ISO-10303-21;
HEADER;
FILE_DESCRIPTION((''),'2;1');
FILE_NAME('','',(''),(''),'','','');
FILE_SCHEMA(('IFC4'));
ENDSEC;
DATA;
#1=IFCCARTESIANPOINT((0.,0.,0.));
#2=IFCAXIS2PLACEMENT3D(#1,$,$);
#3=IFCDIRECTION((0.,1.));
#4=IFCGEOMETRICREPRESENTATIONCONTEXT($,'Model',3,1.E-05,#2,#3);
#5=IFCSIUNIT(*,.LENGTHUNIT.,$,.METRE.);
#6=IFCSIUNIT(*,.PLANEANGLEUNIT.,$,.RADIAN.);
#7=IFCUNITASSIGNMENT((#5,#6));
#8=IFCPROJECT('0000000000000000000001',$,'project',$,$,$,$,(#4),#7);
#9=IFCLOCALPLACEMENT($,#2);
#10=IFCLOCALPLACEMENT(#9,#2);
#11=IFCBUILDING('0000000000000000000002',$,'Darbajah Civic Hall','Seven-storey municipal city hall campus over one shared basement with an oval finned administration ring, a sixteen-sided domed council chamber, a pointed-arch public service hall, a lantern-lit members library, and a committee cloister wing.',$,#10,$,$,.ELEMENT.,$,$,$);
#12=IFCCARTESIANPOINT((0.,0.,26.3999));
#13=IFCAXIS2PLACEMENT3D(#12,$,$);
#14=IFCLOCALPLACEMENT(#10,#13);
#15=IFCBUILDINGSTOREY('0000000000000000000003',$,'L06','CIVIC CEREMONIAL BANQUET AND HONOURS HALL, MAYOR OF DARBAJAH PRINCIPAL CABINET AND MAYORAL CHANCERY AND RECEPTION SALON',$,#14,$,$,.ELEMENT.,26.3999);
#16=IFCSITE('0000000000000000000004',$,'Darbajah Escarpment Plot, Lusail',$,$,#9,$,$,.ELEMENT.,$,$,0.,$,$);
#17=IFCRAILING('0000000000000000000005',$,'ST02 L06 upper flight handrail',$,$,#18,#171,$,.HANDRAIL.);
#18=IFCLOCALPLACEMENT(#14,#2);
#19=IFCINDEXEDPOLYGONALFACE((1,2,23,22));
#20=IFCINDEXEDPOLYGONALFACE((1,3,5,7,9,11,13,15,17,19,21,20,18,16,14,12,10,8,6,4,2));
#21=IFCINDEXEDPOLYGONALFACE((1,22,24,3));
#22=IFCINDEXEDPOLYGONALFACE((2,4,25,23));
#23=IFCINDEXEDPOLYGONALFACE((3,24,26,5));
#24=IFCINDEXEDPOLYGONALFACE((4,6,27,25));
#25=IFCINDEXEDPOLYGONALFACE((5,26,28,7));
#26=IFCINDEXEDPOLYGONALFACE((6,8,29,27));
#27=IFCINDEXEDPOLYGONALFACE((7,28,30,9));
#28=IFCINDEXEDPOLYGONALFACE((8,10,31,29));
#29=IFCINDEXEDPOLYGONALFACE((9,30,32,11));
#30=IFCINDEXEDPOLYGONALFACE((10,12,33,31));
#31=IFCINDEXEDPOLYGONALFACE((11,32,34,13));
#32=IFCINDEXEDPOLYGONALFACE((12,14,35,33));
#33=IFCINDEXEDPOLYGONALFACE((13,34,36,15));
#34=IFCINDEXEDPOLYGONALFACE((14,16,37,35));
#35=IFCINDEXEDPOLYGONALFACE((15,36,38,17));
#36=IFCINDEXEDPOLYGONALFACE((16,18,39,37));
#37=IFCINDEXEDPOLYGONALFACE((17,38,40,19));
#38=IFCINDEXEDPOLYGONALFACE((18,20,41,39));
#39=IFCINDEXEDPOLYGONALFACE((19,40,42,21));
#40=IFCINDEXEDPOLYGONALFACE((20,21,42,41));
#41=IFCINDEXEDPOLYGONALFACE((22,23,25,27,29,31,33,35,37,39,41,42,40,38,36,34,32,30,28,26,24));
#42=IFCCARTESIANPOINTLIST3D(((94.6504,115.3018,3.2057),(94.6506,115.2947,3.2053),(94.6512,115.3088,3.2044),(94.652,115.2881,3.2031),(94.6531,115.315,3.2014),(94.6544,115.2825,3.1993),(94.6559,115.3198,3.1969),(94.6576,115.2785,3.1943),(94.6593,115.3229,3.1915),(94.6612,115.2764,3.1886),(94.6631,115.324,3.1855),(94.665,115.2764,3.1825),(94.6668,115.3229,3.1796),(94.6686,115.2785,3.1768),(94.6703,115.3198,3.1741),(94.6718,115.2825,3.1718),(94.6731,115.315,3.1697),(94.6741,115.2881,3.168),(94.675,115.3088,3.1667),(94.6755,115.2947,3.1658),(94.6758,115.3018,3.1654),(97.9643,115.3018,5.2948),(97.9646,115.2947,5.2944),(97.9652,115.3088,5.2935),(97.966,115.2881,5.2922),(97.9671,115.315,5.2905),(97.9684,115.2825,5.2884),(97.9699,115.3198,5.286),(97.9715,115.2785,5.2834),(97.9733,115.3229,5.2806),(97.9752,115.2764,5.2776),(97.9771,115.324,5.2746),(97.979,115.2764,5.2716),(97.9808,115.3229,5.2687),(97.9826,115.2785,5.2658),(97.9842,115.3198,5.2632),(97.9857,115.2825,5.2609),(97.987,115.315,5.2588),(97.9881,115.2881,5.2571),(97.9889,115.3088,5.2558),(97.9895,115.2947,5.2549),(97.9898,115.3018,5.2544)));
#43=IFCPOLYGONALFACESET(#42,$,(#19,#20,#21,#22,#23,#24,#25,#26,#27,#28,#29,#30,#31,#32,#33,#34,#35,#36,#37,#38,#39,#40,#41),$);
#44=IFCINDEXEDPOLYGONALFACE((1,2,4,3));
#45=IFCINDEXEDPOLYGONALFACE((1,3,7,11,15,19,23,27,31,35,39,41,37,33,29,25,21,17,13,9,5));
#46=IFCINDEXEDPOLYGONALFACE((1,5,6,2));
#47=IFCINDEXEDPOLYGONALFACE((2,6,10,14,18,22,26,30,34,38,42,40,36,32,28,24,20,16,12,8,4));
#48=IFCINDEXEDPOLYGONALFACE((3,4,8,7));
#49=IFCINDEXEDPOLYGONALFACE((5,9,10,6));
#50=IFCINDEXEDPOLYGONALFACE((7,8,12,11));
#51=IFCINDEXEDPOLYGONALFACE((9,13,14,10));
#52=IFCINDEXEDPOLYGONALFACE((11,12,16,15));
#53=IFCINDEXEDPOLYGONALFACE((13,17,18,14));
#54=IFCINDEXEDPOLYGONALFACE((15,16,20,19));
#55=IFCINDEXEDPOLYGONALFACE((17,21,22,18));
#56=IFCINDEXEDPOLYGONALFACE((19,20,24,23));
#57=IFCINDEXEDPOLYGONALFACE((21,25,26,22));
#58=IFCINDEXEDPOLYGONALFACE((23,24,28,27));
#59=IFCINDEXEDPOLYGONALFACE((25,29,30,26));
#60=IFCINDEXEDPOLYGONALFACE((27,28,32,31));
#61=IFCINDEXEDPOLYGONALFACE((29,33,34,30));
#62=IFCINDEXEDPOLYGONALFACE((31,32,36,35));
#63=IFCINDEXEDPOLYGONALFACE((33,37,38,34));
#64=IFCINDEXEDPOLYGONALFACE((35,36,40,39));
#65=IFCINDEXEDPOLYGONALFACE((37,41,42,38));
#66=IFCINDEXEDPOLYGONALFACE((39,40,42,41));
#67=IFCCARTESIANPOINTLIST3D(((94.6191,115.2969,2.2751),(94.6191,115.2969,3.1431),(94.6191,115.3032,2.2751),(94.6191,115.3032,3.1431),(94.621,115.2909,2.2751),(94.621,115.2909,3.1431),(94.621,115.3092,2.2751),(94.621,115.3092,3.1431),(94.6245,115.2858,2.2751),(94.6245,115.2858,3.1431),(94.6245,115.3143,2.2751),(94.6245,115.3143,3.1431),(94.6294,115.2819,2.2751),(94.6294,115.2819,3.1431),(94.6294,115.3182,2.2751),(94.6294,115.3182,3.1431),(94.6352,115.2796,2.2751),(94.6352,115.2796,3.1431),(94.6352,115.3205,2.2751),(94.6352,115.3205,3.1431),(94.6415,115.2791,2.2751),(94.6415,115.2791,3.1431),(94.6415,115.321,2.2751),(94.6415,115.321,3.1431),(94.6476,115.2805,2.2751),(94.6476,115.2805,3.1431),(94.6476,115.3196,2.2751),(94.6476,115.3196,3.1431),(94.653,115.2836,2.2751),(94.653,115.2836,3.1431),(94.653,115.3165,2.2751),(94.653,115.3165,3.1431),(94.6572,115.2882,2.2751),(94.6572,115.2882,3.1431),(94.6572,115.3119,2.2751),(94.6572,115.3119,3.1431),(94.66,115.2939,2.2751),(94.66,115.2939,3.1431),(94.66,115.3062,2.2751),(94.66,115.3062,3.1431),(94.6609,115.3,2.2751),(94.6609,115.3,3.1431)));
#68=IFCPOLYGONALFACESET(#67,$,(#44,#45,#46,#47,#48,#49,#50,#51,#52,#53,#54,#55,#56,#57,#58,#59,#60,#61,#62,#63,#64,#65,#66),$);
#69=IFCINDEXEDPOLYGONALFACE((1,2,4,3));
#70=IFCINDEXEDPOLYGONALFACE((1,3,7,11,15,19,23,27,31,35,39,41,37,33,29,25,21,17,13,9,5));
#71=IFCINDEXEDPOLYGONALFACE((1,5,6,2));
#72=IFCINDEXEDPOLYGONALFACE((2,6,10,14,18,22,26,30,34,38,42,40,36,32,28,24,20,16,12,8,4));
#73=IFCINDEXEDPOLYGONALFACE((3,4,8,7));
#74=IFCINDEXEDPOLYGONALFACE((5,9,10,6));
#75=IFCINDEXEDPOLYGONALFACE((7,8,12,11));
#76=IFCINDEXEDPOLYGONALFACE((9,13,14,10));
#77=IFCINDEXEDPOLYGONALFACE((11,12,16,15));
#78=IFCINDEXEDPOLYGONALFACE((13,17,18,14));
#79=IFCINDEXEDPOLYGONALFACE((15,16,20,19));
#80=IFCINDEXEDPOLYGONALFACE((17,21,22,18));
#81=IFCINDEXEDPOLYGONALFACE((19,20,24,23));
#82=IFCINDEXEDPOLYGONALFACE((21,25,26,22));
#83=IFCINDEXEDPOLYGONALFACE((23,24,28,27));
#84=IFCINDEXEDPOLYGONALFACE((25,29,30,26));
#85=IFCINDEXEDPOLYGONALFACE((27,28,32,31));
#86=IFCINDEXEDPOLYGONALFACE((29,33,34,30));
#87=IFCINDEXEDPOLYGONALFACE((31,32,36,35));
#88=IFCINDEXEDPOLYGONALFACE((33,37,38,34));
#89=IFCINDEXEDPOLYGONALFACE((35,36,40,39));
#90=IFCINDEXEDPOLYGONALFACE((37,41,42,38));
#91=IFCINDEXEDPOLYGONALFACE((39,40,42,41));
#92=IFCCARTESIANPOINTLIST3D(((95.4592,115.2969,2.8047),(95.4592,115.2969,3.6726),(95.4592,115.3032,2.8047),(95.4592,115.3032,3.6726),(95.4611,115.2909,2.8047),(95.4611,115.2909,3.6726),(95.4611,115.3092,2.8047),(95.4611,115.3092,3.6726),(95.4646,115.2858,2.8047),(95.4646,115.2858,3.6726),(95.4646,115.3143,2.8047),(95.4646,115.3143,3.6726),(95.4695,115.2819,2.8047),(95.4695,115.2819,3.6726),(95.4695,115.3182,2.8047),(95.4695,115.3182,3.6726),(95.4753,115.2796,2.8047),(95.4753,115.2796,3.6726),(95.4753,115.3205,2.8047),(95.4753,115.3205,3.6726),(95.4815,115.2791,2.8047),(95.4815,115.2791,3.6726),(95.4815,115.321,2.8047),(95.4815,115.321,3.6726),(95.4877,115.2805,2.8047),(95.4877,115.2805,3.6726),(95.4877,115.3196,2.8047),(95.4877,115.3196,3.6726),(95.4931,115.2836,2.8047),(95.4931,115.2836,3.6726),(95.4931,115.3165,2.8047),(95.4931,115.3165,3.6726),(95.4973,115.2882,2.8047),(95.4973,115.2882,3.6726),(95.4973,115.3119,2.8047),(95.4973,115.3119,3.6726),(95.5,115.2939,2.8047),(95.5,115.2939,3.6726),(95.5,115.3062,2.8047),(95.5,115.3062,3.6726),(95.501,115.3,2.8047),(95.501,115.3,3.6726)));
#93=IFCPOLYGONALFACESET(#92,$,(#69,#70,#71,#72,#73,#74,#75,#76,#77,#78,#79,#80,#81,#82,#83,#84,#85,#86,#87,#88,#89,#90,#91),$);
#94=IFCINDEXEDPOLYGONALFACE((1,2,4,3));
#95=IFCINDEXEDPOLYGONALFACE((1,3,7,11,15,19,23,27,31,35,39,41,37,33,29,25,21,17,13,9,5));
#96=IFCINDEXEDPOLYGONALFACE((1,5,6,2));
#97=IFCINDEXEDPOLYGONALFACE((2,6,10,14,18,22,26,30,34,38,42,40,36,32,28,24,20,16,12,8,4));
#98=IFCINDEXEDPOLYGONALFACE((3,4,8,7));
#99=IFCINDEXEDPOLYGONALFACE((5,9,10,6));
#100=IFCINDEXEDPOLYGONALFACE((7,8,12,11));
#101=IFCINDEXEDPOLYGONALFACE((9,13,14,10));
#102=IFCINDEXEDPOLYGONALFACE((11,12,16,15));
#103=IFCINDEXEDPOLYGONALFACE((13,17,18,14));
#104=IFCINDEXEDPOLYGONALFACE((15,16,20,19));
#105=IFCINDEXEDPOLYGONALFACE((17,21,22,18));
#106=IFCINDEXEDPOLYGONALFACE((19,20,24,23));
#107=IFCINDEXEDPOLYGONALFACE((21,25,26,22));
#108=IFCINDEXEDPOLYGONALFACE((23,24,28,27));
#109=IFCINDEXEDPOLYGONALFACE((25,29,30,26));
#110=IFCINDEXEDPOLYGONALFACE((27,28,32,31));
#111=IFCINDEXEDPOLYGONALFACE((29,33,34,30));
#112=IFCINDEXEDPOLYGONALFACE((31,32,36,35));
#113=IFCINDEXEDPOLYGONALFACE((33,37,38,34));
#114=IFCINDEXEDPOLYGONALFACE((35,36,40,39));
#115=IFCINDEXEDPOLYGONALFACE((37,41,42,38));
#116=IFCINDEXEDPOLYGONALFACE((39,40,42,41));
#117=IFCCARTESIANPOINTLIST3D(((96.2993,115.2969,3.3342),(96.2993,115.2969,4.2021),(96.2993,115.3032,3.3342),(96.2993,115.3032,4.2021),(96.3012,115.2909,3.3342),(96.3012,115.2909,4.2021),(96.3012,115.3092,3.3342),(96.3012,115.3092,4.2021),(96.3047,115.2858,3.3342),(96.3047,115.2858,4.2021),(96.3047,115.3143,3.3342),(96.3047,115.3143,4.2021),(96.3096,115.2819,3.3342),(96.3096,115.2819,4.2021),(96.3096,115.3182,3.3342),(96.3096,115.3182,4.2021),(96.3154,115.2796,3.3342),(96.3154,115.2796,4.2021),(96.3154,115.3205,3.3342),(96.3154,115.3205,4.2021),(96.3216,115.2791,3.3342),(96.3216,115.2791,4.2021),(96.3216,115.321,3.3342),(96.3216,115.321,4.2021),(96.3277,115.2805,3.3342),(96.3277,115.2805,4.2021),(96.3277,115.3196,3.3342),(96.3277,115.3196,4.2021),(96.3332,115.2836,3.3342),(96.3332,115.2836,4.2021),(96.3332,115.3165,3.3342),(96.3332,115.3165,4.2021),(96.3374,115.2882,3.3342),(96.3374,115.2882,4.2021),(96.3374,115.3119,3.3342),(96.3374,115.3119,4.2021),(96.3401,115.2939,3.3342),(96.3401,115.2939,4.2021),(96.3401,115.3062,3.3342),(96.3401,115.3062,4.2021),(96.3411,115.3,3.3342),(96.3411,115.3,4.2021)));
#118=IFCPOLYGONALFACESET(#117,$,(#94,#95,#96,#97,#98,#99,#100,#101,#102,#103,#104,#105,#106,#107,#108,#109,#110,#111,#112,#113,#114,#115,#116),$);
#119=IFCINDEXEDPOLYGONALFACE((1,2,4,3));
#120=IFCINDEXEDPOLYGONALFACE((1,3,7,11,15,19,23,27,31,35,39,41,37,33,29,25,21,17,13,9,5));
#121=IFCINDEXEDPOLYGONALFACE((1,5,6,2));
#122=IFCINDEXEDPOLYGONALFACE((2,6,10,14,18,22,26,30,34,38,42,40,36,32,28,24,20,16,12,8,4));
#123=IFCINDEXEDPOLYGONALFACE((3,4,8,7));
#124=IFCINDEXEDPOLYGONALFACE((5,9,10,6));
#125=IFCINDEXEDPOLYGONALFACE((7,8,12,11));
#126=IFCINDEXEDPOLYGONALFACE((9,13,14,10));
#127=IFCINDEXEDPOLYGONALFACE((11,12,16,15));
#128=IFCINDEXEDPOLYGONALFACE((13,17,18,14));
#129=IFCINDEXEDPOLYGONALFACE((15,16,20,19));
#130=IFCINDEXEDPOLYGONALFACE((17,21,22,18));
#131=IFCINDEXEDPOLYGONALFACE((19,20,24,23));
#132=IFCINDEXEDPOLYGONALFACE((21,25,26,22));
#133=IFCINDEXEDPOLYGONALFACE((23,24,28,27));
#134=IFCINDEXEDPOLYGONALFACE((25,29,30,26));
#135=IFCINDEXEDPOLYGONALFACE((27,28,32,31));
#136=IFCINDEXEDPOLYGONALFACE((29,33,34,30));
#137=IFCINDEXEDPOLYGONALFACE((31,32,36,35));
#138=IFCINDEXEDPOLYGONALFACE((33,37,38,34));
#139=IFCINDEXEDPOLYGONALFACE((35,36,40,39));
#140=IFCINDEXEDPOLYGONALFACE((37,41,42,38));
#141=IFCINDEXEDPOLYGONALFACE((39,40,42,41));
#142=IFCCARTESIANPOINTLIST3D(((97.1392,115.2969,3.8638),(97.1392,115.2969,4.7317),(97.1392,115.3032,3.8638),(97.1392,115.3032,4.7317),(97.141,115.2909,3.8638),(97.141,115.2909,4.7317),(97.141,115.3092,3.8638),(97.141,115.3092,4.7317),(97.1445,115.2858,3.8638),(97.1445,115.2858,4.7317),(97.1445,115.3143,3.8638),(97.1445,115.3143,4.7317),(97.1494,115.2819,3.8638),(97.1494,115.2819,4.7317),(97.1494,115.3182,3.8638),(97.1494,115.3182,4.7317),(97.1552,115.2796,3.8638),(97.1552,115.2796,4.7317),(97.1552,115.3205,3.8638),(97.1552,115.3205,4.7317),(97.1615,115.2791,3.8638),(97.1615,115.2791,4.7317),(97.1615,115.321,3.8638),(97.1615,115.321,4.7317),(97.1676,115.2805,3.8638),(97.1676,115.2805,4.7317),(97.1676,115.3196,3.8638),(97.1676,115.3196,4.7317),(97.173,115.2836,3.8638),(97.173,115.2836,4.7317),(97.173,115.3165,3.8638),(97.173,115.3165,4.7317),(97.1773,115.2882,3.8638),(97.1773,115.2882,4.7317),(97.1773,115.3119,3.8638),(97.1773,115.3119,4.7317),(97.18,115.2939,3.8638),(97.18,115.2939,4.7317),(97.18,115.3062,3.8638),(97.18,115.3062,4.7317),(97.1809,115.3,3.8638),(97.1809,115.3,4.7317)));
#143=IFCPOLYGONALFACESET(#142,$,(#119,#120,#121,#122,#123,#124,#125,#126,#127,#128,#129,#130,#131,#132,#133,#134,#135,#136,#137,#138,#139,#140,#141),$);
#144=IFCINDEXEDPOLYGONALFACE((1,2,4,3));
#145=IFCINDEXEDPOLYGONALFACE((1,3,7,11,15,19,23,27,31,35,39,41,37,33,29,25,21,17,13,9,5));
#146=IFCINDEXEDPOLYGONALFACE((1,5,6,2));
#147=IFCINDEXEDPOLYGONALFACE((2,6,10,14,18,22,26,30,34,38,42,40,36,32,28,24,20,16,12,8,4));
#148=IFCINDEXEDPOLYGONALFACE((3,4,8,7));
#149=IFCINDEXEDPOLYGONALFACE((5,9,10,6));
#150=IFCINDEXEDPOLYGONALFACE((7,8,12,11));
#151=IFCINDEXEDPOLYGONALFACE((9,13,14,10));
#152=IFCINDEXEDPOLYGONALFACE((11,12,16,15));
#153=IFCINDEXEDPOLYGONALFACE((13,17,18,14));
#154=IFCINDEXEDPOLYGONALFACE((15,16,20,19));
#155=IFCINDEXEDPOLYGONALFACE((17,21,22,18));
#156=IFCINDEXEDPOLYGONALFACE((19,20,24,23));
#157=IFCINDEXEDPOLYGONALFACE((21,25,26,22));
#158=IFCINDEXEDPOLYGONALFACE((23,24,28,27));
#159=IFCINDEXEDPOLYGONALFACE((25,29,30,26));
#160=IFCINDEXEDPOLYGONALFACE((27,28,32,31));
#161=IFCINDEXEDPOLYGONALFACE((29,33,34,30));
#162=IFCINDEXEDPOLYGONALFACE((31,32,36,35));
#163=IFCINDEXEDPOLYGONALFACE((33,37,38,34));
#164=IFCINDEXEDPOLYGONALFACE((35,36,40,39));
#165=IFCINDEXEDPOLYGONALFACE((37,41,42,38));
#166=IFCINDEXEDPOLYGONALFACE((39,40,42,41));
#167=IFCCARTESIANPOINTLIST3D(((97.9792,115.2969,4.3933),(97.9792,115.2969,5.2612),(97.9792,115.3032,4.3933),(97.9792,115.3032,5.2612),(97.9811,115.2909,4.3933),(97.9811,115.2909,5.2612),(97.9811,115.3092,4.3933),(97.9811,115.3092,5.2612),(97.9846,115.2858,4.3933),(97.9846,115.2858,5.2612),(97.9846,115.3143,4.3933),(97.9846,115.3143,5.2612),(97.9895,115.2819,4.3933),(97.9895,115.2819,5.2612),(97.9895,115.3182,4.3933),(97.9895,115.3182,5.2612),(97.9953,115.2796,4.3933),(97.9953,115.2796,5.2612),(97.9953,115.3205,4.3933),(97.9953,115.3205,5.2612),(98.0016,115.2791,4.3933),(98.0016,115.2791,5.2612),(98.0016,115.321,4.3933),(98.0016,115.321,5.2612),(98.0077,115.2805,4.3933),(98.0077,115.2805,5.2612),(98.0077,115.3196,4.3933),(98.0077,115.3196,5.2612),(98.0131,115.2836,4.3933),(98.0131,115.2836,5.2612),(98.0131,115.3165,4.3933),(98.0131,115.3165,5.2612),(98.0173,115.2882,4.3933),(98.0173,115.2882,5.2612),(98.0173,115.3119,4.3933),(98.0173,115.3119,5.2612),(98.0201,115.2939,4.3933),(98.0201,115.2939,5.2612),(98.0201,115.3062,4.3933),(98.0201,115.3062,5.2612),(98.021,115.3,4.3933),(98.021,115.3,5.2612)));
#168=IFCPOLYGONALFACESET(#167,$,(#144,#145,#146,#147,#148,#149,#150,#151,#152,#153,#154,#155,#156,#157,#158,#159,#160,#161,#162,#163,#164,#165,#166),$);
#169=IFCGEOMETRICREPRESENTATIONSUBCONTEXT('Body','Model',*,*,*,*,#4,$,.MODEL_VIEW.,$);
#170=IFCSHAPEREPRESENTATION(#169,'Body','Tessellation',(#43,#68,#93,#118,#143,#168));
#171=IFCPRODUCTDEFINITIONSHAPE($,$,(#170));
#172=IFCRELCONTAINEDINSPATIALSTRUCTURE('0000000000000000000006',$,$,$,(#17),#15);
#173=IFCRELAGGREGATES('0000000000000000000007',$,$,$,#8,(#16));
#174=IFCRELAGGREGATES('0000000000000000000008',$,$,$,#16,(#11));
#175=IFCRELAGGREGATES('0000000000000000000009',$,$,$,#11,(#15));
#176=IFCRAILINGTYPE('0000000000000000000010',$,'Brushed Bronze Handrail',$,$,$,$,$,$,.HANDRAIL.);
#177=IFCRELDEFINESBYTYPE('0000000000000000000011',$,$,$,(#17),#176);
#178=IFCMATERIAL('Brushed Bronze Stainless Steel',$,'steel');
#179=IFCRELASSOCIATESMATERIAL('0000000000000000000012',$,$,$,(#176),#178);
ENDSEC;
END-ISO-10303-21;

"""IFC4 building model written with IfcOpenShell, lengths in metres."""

from ifc_helpers import new_model, si_unit, direction, frame, origin, origin_2d, place, context, subcontext, project, spatial, circle, extrude, material, type_object, element, save


model = new_model("IFC4")

# Units and contexts
model_context = context("Model", 3, precision=1e-05, world=origin(), true_north=direction((0.0, 1.0)))
body_context = subcontext(model_context, "Body", "Model", "MODEL_VIEW")
ifc_project = project(units=[si_unit("LENGTHUNIT", "METRE"), si_unit("PLANEANGLEUNIT", "RADIAN")], contexts=[model_context])

# Site, building, storey
site_placement = place(None, origin())
site = spatial("IfcSite", under=ifc_project, at=site_placement, Name="Darbajah Escarpment Plot, Lusail", CompositionType="ELEMENT", RefElevation=0.0)
building_placement = place(site_placement, origin())
building = spatial("IfcBuilding", under=site, at=building_placement, Name="Darbajah Civic Hall", Description="Seven-storey municipal city hall campus over one shared basement with an oval finned administration ring, a sixteen-sided domed council chamber, a pointed-arch public service hall, a lantern-lit members library, and a committee cloister wing.", CompositionType="ELEMENT")
storey_placement = place(building_placement, frame((0.0, 0.0, 26.3999)))
storey = spatial("IfcBuildingStorey", under=building, at=storey_placement, Name="L06", Description="CIVIC CEREMONIAL BANQUET AND HONOURS HALL, MAYOR OF DARBAJAH PRINCIPAL CABINET AND MAYORAL CHANCERY AND RECEPTION SALON", CompositionType="ELEMENT", Elevation=26.3999)

# Railing
ifc_material_1 = material(Name="Brushed Bronze Stainless Steel", Category="steel")
railing_type_1 = type_object("IfcRailingType", Name="Brushed Bronze Handrail", PredefinedType="HANDRAIL", material=ifc_material_1)
railing_1_placement = place(storey_placement, frame((94.6399, 115.3, 2.2751)))
element("IfcRailing", 1, at=railing_1_placement, inside=storey, type_object=railing_type_1, Name="ST02 L06 upper flight handrail", PredefinedType="HANDRAIL", context=body_context, shape_type="SweptSolid", body=[
    extrude(circle(Radius=0.0239, at=origin_2d()), frame((0.0232, 0.0, 0.9104), z_axis=(0.845944, 0.0, 0.533271), x_axis=(0.0, 1.0, 0.0)), (0.0, 0.0, 1.0), 3.9175),
    extrude(circle(Radius=0.021, at=origin_2d()), origin(), (0.0, 0.0, 1.0), 0.8679),
    extrude(circle(Radius=0.021, at=origin_2d()), frame((0.8401, 0.0, 0.5295)), (0.0, 0.0, 1.0), 0.8679),
    extrude(circle(Radius=0.021, at=origin_2d()), frame((1.6802, 0.0, 1.0591)), (0.0, 0.0, 1.0), 0.8679),
    extrude(circle(Radius=0.021, at=origin_2d()), frame((2.52, 0.0, 1.5886)), (0.0, 0.0, 1.0), 0.8679),
    extrude(circle(Radius=0.021, at=origin_2d()), frame((3.3601, 0.0, 2.1182)), (0.0, 0.0, 1.0), 0.8679),
])

save(model, "model.ifc")
